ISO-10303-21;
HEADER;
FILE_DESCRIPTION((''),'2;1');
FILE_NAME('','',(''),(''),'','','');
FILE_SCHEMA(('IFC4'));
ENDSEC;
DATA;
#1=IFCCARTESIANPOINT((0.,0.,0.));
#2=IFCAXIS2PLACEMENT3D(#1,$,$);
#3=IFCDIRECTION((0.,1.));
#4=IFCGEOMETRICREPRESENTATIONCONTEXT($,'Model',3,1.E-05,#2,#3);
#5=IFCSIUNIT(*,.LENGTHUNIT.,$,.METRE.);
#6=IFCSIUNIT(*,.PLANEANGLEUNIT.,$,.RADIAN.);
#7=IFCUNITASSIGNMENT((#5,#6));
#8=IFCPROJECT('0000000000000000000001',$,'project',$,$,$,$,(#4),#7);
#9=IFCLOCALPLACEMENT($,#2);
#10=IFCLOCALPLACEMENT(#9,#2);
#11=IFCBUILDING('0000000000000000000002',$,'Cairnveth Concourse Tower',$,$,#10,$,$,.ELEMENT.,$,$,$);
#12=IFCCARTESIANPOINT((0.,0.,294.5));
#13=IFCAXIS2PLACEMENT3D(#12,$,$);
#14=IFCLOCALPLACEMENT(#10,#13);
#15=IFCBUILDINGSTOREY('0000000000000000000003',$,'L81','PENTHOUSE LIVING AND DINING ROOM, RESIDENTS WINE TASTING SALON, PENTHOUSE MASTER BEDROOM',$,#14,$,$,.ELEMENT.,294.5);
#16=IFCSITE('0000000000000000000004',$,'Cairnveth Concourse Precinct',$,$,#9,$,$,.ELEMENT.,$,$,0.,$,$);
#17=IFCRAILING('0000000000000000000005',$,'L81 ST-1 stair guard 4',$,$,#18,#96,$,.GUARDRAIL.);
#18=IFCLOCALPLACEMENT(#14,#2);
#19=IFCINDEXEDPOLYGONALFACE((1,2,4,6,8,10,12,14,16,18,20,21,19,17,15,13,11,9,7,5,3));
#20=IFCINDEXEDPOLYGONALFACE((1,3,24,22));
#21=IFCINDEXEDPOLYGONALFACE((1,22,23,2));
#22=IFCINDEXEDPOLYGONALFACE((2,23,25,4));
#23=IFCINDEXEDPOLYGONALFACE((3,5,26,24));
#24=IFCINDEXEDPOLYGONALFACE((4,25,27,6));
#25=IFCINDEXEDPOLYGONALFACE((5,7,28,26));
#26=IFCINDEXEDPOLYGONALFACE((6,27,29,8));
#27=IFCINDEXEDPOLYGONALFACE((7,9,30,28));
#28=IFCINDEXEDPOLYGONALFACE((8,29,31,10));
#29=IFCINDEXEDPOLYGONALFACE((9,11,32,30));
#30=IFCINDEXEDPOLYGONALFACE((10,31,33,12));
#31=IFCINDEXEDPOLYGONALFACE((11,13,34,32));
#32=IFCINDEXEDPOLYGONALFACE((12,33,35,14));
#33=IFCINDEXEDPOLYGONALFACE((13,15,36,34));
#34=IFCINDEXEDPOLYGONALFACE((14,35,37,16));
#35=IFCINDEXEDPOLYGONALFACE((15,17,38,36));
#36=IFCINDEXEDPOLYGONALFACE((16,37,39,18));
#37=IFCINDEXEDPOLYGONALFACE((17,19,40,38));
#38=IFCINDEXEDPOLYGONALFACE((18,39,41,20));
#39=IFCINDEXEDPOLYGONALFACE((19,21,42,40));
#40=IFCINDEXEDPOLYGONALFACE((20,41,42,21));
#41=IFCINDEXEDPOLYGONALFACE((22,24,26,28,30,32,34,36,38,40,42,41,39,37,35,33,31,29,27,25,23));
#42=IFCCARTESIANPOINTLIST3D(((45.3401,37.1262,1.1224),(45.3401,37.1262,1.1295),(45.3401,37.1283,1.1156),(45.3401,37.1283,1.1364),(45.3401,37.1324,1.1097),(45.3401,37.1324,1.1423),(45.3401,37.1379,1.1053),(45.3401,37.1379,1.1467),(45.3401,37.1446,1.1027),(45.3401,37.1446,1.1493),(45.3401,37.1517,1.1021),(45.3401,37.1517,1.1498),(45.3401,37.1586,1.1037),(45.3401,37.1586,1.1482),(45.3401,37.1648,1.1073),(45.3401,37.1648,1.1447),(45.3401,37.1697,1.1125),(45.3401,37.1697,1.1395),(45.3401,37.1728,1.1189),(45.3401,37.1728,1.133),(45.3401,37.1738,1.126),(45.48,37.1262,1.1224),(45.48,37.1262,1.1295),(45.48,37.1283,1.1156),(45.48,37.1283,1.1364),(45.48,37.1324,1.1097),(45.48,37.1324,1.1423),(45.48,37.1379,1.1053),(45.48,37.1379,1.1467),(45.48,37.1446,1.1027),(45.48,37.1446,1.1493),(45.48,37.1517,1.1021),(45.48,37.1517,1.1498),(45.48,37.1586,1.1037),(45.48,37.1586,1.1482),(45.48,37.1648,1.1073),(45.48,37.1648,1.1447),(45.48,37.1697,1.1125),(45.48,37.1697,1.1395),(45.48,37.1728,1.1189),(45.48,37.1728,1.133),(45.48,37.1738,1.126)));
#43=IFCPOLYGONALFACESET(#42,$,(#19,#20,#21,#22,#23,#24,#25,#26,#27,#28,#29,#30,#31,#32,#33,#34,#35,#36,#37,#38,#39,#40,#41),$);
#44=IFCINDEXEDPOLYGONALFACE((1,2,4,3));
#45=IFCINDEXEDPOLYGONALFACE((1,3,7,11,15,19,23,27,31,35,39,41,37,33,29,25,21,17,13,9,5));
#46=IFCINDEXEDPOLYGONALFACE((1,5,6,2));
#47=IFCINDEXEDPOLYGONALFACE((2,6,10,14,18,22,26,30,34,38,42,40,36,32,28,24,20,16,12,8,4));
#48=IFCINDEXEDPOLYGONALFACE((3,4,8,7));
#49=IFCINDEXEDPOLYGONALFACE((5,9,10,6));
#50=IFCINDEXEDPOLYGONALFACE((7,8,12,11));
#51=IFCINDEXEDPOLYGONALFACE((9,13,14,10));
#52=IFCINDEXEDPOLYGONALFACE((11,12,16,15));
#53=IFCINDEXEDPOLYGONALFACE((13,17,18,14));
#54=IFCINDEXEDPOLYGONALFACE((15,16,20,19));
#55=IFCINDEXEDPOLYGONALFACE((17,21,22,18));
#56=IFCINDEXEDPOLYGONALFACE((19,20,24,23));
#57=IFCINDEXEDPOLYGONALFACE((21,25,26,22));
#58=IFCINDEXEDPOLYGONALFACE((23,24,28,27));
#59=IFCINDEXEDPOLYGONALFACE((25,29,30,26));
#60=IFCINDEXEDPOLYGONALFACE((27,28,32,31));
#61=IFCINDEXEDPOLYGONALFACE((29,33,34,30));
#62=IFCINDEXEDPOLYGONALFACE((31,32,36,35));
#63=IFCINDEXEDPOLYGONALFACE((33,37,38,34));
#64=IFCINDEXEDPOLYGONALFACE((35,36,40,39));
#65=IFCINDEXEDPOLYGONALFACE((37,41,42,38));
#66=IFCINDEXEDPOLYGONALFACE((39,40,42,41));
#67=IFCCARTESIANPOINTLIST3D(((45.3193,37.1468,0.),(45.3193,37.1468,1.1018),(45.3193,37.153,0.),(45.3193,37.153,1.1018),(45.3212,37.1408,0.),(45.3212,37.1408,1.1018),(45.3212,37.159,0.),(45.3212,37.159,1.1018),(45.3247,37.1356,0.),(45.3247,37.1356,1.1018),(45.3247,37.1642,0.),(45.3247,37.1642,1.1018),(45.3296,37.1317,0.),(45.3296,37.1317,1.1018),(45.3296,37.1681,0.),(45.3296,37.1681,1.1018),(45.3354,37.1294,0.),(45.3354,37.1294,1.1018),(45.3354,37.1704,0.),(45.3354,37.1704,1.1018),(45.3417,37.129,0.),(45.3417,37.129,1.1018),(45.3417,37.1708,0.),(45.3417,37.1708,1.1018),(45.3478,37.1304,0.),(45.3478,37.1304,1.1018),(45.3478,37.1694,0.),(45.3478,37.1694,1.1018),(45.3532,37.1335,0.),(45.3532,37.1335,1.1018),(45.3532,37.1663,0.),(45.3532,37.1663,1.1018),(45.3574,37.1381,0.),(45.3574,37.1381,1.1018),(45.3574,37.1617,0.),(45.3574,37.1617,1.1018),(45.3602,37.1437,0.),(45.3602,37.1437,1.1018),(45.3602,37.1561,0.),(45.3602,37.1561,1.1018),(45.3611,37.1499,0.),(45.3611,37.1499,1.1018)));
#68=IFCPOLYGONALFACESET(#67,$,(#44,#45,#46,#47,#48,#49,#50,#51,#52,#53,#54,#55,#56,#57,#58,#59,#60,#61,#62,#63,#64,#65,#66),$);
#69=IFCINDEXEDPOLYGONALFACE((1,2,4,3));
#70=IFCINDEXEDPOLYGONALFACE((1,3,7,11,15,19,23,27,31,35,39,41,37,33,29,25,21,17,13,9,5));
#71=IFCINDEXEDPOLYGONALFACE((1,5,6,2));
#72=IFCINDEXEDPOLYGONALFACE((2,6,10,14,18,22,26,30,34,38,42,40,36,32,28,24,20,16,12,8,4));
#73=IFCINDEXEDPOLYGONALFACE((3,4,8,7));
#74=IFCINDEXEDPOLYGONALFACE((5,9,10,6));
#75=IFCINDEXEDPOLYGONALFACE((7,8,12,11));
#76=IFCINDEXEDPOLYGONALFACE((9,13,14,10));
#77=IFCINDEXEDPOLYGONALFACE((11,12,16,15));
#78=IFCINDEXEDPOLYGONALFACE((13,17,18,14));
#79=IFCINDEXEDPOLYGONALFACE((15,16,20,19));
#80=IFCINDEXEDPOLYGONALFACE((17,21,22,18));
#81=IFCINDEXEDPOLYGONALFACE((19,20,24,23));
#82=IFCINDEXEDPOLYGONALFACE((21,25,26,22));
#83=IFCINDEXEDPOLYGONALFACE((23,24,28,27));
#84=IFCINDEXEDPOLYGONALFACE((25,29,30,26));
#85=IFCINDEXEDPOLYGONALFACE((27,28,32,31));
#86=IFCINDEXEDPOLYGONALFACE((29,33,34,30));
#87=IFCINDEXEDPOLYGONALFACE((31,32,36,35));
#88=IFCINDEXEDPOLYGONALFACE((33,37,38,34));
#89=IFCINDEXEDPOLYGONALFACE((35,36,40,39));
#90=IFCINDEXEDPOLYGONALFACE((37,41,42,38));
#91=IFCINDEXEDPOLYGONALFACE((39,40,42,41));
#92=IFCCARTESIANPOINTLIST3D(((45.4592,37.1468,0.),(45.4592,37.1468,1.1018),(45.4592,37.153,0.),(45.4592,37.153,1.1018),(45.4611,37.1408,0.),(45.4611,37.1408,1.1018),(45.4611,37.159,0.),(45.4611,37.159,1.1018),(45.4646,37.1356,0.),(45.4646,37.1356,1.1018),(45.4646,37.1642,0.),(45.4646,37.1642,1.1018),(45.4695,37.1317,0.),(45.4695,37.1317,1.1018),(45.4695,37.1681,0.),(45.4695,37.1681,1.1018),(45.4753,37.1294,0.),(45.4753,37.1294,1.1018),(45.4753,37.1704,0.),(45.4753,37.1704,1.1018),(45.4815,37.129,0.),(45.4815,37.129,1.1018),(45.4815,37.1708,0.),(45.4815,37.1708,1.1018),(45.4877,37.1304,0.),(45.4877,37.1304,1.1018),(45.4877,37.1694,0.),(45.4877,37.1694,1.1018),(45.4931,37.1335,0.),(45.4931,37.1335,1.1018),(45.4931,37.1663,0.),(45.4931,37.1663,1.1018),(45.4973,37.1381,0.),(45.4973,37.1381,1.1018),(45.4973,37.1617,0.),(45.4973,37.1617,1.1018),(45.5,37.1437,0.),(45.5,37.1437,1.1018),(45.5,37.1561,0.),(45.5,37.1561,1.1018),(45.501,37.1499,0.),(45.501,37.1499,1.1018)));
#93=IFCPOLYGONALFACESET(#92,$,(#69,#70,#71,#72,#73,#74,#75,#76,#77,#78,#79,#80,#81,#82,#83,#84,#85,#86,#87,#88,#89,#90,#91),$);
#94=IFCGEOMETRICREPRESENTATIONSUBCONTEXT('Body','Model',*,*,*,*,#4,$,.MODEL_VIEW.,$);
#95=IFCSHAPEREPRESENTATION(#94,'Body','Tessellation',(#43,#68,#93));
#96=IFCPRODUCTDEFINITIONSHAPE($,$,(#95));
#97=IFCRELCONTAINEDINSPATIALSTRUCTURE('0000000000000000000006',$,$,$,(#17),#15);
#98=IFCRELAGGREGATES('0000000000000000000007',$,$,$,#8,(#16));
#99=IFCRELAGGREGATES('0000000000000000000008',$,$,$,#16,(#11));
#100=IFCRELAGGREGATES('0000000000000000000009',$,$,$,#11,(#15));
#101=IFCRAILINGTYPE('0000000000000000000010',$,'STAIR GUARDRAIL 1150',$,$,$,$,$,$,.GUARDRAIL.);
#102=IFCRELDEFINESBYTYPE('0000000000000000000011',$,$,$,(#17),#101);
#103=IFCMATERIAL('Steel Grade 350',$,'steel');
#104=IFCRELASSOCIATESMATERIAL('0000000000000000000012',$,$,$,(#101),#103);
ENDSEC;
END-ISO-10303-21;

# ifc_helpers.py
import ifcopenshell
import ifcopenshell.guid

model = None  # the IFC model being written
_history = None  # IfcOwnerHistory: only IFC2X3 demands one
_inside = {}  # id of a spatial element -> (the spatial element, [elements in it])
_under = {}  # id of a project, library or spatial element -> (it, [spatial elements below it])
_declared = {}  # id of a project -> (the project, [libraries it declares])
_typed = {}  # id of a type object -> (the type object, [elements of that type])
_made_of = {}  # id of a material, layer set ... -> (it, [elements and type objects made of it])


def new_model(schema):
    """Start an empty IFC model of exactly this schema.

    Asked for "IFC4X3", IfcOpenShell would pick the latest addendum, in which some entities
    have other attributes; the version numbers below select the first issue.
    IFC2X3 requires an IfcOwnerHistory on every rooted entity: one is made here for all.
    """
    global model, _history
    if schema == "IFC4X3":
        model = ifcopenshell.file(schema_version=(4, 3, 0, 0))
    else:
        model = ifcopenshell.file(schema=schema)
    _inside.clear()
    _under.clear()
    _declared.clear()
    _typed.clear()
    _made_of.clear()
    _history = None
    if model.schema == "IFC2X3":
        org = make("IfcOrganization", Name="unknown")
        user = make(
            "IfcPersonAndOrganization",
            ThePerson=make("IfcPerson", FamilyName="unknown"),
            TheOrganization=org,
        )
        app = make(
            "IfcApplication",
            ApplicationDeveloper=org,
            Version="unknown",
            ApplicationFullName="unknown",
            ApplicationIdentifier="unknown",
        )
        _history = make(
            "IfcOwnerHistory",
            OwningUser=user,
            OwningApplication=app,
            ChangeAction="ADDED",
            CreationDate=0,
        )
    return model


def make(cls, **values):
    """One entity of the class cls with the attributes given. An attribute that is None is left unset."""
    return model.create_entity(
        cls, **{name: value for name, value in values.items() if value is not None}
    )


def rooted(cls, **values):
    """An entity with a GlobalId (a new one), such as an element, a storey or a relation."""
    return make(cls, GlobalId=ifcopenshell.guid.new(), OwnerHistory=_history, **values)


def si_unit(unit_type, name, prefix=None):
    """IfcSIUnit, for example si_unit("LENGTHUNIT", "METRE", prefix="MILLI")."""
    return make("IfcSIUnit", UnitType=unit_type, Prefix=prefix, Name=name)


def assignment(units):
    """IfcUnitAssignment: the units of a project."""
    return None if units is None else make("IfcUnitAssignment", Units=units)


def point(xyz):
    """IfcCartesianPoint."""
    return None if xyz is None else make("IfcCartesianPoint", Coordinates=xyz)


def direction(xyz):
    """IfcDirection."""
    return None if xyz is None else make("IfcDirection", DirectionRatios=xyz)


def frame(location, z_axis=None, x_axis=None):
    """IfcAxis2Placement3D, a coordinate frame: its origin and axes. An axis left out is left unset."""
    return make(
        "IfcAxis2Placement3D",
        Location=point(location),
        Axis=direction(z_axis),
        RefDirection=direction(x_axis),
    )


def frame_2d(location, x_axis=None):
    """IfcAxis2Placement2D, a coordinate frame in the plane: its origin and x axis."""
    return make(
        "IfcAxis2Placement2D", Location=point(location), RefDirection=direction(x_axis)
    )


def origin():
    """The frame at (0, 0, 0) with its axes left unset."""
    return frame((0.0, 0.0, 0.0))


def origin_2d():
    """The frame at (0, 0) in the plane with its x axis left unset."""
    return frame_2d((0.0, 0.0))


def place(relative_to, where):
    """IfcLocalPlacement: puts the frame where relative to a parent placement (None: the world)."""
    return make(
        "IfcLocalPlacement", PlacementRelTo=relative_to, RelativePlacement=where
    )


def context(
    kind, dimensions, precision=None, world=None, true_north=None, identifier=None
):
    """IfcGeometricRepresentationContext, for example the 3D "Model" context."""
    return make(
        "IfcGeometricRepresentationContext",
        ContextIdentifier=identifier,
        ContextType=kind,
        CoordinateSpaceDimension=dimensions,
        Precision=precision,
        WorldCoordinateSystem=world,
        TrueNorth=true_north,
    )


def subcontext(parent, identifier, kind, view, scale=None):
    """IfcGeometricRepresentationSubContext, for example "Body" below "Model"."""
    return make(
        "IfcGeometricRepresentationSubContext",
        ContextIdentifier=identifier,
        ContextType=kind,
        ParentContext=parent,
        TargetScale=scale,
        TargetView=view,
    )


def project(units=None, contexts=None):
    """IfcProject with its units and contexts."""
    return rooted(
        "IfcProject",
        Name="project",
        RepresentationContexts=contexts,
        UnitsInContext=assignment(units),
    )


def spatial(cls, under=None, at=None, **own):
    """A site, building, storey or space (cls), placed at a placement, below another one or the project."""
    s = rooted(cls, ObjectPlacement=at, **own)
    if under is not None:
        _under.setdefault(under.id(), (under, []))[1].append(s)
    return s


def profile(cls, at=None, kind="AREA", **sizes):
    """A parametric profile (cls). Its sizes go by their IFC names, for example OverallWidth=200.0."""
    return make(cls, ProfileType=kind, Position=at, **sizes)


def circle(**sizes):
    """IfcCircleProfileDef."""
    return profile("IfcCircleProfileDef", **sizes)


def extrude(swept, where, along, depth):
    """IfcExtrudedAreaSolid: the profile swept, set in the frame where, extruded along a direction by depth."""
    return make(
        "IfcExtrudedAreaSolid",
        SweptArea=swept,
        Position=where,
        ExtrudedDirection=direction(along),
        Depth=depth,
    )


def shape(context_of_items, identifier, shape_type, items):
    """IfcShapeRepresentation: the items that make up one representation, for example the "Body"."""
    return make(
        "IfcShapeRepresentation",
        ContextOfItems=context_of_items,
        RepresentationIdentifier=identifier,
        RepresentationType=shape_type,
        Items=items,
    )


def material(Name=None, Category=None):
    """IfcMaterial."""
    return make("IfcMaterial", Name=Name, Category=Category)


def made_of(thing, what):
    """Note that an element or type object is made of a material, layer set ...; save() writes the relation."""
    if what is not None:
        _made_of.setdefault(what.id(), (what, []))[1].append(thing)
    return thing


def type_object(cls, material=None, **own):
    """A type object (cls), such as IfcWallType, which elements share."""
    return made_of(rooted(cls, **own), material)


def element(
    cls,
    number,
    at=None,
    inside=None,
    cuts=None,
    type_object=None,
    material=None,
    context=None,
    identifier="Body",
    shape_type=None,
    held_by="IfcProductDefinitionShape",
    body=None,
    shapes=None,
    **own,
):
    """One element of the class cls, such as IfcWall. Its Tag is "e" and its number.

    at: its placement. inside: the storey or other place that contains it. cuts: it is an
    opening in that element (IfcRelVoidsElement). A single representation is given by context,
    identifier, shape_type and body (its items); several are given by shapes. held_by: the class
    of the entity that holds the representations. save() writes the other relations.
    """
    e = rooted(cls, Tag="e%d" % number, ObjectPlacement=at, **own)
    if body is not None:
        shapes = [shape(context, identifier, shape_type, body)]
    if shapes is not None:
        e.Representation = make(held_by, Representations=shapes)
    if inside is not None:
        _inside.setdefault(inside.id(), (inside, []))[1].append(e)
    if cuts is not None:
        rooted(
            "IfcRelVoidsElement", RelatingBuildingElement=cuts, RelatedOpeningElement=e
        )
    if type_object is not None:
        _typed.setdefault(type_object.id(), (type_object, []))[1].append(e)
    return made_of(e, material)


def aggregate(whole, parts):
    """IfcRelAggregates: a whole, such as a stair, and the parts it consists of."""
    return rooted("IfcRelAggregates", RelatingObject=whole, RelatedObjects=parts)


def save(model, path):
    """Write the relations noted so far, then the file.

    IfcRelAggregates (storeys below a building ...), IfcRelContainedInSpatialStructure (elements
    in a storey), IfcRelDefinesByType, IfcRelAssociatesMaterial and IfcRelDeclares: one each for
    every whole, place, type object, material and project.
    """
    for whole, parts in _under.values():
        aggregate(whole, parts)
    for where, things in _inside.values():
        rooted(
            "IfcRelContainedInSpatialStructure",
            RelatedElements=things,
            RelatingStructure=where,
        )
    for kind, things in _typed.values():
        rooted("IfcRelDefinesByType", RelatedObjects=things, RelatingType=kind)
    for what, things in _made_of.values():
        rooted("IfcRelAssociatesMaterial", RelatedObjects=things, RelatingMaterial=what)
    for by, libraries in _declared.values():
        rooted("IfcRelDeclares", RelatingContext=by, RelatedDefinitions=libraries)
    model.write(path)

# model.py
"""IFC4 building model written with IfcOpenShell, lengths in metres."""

from ifc_helpers import new_model, si_unit, direction, frame, origin, origin_2d, place, context, subcontext, project, spatial, circle, extrude, material, type_object, element, save


model = new_model("IFC4")

# Units and contexts
model_context = context("Model", 3, precision=1e-05, world=origin(), true_north=direction((0.0, 1.0)))
body_context = subcontext(model_context, "Body", "Model", "MODEL_VIEW")
ifc_project = project(units=[si_unit("LENGTHUNIT", "METRE"), si_unit("PLANEANGLEUNIT", "RADIAN")], contexts=[model_context])

# Site, building, storey
site_placement = place(None, origin())
site = spatial("IfcSite", under=ifc_project, at=site_placement, Name="Cairnveth Concourse Precinct", CompositionType="ELEMENT", RefElevation=0.0)
building_placement = place(site_placement, origin())
building = spatial("IfcBuilding", under=site, at=building_placement, Name="Cairnveth Concourse Tower", CompositionType="ELEMENT")
storey_placement = place(building_placement, frame((0.0, 0.0, 294.5)))
storey = spatial("IfcBuildingStorey", under=building, at=storey_placement, Name="L81", Description="PENTHOUSE LIVING AND DINING ROOM, RESIDENTS WINE TASTING SALON, PENTHOUSE MASTER BEDROOM", CompositionType="ELEMENT", Elevation=294.5)

# Shared definitions
ifc_material_1 = material(Name="Steel Grade 350", Category="steel")

# Railing
railing_type_1 = type_object("IfcRailingType", Name="STAIR GUARDRAIL 1150", PredefinedType="GUARDRAIL", material=ifc_material_1)
railing_1_placement = place(storey_placement, frame((45.3401, 37.1499, 0.0)))
element("IfcRailing", 1, at=railing_1_placement, inside=storey, type_object=railing_type_1, Name="L81 ST-1 stair guard 4", PredefinedType="GUARDRAIL", context=body_context, shape_type="SweptSolid", body=[
    extrude(circle(Radius=0.0239, at=origin_2d()), frame((0.0, 0.0, 1.126), z_axis=(1.0, 0.0, 0.0), x_axis=(0.0, 1.0, 0.0)), (0.0, 0.0, 1.0), 0.1399),
    extrude(circle(Radius=0.021, at=origin_2d()), origin(), (0.0, 0.0, 1.0), 1.1018),
    extrude(circle(Radius=0.021, at=origin_2d()), frame((0.1399, 0.0, 0.0)), (0.0, 0.0, 1.0), 1.1018),
])

save(model, "model.ifc")
